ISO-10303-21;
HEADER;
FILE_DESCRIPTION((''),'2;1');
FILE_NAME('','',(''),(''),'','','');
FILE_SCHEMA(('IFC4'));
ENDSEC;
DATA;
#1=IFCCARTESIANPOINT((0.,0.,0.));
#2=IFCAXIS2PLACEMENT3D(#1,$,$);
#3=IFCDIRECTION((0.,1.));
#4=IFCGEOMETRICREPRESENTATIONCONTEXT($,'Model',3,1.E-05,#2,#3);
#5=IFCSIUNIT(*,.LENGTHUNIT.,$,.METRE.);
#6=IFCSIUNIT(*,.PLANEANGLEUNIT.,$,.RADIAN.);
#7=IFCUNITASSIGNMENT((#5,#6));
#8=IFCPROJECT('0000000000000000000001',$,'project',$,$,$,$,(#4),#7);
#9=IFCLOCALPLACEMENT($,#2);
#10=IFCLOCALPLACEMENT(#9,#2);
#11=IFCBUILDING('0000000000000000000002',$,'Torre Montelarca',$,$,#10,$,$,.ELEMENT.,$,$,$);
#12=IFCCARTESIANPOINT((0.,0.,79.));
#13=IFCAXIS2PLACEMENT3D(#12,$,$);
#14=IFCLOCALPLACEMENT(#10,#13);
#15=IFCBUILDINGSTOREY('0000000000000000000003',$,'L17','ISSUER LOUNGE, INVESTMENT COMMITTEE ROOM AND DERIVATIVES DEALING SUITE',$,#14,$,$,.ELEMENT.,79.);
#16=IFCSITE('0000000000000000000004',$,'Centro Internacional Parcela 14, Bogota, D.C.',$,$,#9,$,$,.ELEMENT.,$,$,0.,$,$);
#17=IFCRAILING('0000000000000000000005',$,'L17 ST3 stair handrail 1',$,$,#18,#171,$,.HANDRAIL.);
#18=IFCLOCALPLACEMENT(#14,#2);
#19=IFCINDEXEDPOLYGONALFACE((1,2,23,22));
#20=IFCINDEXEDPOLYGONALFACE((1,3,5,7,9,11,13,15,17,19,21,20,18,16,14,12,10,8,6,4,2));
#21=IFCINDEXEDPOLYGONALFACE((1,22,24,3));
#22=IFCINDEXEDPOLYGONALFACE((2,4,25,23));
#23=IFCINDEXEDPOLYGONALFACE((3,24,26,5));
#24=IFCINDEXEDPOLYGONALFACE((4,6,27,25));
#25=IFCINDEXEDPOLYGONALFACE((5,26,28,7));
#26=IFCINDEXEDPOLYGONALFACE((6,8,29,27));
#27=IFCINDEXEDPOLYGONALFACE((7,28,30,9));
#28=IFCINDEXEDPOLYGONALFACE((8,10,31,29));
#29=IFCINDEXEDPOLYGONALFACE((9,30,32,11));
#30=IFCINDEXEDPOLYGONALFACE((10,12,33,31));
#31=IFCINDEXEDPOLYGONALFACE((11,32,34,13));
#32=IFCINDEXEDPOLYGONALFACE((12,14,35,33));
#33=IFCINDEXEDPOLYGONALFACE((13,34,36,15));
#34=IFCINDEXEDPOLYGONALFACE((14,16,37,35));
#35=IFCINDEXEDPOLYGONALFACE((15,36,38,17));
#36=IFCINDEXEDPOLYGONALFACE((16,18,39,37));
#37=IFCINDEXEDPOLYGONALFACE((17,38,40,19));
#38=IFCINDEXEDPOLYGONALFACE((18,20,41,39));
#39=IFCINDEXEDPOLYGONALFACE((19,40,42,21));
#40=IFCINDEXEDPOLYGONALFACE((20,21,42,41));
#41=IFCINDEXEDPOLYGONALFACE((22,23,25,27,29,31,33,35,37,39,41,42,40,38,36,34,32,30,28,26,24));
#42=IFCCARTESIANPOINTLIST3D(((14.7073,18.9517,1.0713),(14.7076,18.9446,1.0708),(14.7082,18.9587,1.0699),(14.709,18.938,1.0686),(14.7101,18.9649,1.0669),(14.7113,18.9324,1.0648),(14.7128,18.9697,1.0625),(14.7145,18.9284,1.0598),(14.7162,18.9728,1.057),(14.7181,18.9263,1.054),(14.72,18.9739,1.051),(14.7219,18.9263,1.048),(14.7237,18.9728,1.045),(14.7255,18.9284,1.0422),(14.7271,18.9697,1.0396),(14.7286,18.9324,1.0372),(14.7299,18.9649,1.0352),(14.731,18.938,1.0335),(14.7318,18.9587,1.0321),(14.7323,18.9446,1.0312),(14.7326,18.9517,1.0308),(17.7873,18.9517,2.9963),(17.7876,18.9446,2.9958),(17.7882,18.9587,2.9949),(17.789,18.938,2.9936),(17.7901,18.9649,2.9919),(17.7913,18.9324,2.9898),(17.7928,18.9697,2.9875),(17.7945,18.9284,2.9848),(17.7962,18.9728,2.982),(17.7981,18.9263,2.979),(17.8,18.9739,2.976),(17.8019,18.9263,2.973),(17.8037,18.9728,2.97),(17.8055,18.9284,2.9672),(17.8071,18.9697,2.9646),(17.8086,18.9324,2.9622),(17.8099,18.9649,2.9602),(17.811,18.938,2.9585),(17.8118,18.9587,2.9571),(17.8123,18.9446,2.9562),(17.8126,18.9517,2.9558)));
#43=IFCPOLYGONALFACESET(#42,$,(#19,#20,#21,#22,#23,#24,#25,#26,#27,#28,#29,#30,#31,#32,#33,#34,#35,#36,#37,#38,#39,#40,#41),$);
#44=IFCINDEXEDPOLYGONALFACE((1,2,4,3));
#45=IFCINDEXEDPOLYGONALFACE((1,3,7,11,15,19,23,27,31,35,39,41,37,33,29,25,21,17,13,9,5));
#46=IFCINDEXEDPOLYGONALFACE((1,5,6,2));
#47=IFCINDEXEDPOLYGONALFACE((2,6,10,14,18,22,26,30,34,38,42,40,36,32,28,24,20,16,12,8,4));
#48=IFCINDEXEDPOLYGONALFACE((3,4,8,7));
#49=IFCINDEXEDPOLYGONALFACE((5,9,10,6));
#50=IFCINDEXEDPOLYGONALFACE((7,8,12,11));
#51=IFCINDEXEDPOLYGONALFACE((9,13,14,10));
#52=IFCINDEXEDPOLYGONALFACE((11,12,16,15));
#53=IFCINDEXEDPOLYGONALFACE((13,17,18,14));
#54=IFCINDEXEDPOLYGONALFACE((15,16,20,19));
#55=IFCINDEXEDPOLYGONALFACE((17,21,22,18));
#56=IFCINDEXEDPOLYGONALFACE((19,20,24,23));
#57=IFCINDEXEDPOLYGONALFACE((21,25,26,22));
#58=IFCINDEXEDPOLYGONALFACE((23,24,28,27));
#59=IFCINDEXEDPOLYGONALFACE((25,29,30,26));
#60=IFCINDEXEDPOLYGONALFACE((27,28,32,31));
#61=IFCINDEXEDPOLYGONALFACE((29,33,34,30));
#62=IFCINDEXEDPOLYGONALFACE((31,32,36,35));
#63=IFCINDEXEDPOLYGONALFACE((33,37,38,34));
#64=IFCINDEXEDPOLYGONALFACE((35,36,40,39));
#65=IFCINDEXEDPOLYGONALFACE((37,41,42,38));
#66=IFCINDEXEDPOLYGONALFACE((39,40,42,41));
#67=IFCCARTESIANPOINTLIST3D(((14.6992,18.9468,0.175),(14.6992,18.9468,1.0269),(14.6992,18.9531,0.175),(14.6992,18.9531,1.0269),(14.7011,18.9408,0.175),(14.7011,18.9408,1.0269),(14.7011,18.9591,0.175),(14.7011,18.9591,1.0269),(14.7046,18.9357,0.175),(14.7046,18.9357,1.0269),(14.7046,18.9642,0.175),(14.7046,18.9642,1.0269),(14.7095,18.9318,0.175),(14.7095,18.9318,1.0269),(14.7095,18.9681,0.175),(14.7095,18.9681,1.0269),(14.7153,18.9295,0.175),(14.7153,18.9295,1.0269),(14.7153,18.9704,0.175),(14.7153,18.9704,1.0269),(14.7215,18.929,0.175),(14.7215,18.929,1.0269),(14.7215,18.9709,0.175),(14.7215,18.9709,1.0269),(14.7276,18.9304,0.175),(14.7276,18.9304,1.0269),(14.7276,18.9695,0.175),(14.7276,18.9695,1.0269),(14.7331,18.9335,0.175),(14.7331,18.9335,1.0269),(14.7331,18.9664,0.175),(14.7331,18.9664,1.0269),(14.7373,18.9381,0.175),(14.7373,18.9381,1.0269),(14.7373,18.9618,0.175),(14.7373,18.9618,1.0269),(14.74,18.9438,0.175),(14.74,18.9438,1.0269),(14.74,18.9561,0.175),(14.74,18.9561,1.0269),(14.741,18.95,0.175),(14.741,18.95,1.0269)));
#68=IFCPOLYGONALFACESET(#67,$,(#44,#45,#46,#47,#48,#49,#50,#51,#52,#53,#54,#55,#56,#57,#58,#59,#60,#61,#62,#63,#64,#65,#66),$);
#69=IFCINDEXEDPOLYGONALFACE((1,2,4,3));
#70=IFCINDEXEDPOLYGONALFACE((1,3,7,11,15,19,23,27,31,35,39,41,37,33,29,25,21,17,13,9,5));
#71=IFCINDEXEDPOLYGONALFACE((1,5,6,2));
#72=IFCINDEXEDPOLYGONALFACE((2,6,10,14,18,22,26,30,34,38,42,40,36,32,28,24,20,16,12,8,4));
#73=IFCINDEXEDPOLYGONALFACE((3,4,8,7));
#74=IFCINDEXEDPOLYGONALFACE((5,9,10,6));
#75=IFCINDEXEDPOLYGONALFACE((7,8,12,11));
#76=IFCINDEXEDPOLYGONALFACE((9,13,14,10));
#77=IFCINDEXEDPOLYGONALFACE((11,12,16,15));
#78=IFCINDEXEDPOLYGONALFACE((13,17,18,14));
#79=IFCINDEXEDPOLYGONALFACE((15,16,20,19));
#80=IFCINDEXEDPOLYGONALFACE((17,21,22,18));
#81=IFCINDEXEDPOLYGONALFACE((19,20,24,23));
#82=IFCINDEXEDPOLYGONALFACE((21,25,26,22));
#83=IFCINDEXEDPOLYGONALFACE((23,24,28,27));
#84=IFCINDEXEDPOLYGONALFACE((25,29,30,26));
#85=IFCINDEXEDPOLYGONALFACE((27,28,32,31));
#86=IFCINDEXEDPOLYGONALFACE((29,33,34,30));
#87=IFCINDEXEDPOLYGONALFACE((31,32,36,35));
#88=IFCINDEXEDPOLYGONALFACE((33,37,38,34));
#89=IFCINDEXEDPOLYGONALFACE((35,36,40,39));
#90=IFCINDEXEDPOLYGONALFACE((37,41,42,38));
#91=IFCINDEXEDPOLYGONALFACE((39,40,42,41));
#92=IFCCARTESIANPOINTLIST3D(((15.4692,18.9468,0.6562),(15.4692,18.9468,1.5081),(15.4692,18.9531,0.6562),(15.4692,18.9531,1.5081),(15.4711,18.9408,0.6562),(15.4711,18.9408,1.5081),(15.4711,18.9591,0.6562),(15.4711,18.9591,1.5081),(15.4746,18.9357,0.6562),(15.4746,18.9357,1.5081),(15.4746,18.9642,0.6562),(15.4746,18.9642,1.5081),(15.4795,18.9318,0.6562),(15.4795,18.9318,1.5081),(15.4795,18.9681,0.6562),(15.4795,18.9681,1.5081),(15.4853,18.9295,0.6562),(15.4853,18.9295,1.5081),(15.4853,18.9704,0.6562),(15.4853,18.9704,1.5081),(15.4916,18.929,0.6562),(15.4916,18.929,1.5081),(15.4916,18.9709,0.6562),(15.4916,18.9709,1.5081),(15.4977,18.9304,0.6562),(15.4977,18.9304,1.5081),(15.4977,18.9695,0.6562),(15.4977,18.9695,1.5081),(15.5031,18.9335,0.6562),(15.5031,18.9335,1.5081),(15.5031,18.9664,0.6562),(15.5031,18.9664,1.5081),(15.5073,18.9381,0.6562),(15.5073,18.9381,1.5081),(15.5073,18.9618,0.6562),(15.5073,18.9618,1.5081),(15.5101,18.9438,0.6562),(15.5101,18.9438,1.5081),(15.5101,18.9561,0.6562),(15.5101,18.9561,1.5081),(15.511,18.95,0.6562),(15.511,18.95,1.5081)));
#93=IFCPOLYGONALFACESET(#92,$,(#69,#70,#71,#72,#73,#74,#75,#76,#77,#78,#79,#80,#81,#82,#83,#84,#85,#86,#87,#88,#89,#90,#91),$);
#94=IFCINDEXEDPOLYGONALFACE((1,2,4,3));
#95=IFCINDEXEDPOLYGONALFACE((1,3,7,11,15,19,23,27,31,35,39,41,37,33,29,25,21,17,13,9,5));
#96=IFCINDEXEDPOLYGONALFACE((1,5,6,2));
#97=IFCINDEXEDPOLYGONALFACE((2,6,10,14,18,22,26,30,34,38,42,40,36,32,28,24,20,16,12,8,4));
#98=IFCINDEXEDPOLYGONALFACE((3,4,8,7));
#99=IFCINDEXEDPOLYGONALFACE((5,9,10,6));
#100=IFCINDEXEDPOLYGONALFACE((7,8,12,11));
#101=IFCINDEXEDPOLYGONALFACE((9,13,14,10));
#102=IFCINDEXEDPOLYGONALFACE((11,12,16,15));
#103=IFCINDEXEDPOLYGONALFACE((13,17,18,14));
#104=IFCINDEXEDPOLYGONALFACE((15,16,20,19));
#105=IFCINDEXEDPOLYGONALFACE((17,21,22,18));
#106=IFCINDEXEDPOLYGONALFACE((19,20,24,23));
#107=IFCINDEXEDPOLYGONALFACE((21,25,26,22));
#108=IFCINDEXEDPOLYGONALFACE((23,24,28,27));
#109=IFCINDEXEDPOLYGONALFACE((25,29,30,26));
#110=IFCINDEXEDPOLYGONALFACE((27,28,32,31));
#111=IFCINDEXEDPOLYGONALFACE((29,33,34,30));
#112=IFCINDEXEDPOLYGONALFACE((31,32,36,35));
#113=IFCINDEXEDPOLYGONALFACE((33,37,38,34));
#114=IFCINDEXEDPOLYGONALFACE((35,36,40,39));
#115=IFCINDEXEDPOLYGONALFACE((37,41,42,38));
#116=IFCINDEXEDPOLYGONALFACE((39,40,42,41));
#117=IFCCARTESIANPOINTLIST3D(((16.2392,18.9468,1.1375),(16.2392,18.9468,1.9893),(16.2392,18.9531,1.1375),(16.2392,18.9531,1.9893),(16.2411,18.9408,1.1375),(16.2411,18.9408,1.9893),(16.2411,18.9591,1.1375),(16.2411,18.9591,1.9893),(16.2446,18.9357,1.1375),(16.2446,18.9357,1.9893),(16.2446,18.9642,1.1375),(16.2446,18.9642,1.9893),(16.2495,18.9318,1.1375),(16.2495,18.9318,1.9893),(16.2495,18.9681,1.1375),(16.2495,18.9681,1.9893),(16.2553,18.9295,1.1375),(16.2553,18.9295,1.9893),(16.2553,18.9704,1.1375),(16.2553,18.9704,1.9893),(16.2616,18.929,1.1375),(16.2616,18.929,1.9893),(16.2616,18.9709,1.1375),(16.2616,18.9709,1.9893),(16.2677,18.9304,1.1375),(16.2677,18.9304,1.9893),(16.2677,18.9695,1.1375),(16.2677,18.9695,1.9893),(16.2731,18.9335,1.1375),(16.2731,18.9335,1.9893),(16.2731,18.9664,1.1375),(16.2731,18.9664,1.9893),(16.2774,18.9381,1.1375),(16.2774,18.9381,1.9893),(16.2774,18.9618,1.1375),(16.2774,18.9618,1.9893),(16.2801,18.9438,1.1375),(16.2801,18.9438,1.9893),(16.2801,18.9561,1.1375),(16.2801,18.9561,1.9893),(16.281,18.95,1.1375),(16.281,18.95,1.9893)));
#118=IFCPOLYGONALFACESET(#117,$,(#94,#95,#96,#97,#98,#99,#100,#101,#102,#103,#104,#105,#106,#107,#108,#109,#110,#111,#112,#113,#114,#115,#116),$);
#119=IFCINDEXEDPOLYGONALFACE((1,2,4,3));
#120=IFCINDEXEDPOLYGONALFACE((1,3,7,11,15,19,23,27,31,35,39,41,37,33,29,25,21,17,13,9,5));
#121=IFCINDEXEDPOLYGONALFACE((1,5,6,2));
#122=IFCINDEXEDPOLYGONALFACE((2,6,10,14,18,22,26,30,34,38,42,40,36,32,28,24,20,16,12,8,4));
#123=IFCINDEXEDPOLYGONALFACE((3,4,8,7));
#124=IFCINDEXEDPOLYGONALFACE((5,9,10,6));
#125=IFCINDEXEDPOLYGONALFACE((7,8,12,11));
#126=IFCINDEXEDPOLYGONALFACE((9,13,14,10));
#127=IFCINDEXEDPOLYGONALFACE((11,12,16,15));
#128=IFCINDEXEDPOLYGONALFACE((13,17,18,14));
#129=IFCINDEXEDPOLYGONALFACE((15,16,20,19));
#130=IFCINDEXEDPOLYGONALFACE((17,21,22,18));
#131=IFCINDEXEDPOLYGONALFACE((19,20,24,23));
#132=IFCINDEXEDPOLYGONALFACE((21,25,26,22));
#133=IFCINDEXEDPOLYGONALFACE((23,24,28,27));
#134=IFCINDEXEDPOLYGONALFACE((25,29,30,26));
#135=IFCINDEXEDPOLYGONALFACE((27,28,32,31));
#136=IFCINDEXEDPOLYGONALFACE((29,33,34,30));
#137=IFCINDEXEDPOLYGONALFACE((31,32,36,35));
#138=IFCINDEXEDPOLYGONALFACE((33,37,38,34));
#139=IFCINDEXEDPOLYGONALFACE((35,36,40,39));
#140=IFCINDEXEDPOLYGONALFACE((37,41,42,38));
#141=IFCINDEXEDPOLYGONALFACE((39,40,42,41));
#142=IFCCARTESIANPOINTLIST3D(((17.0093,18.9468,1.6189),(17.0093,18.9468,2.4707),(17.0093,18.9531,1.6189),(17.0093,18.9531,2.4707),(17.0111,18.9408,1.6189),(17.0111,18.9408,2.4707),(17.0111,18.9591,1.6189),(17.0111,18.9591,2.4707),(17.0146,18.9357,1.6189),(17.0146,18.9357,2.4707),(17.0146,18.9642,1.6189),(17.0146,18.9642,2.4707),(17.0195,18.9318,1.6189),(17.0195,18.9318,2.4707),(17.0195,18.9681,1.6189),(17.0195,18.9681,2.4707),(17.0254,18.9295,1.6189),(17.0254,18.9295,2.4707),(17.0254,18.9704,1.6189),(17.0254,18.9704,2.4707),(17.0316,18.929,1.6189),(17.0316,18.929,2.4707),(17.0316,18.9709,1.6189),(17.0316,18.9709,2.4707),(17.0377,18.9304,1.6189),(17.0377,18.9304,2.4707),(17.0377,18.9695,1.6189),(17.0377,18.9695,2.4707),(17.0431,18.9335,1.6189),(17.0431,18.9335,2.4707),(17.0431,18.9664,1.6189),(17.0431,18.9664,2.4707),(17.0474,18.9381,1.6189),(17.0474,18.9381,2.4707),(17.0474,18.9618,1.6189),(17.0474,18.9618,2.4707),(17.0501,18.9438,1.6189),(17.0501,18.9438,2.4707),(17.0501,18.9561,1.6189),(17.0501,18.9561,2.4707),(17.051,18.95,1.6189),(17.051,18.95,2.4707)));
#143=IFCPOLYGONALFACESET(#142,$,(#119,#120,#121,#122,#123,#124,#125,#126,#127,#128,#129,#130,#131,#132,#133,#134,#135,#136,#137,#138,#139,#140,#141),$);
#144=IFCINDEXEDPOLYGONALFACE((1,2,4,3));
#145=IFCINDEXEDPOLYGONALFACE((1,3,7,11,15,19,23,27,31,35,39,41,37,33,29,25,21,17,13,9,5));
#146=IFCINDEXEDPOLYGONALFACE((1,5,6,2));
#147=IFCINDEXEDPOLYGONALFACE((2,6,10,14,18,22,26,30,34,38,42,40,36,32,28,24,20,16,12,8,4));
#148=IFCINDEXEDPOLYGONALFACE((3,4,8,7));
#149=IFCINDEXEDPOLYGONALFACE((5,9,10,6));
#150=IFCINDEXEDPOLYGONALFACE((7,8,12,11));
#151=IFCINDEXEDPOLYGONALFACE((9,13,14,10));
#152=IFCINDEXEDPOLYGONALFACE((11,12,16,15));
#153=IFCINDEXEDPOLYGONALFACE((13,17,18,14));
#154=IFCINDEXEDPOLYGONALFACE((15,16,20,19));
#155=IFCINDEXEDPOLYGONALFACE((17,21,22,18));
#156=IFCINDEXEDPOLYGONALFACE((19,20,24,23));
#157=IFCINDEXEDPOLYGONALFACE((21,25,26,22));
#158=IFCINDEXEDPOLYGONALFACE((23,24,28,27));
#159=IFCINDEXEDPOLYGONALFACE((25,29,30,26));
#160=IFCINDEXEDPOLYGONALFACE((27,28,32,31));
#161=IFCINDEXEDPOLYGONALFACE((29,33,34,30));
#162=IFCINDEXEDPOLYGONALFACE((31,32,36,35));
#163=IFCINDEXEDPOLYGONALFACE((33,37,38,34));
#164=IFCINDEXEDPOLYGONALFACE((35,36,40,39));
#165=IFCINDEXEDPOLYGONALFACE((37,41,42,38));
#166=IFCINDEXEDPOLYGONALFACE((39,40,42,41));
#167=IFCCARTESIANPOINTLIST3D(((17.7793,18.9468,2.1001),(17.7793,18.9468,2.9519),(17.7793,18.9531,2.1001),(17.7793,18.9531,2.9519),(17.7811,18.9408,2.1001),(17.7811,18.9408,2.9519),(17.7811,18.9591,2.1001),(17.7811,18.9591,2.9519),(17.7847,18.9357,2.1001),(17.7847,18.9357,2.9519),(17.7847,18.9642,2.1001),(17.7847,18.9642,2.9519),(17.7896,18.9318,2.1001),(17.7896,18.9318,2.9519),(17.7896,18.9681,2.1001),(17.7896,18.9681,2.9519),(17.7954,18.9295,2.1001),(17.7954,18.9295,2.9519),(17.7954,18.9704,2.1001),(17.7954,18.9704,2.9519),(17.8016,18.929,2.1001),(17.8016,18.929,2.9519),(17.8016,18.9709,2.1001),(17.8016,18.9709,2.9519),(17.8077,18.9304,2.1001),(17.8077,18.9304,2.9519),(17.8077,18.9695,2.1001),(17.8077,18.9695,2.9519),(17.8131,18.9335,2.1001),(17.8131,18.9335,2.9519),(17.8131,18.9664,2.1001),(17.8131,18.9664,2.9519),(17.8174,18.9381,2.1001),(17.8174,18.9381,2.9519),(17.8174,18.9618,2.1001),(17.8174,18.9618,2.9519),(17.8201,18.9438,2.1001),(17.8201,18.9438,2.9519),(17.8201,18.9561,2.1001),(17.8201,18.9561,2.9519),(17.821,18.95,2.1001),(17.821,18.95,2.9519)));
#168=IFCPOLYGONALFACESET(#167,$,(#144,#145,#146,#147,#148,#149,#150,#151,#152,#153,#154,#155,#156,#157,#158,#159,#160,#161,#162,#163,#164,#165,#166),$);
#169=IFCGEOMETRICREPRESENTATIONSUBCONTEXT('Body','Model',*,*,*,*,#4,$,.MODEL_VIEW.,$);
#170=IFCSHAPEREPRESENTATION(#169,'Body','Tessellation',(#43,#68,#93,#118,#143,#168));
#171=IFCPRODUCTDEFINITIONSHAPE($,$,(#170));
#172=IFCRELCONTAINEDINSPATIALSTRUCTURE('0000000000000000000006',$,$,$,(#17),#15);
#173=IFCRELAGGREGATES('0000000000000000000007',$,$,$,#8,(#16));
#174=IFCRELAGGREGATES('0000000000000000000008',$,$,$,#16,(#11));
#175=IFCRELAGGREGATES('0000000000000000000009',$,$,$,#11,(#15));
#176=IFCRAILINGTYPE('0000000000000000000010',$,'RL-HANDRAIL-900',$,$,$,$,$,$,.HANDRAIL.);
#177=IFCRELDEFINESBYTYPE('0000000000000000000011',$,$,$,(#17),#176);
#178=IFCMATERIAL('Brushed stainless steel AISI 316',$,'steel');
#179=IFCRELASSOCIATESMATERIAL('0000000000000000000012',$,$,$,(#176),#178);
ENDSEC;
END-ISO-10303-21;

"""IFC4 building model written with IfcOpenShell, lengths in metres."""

from ifc_helpers import new_model, si_unit, direction, frame, origin, origin_2d, place, context, subcontext, project, spatial, circle, extrude, material, type_object, element, save


model = new_model("IFC4")

# Units and contexts
model_context = context("Model", 3, precision=1e-05, world=origin(), true_north=direction((0.0, 1.0)))
body_context = subcontext(model_context, "Body", "Model", "MODEL_VIEW")
ifc_project = project(units=[si_unit("LENGTHUNIT", "METRE"), si_unit("PLANEANGLEUNIT", "RADIAN")], contexts=[model_context])

# Site, building, storey
site_placement = place(None, origin())
site = spatial("IfcSite", under=ifc_project, at=site_placement, Name="Centro Internacional Parcela 14, Bogota, D.C.", CompositionType="ELEMENT", RefElevation=0.0)
building_placement = place(site_placement, origin())
building = spatial("IfcBuilding", under=site, at=building_placement, Name="Torre Montelarca", CompositionType="ELEMENT")
storey_placement = place(building_placement, frame((0.0, 0.0, 79.0)))
storey = spatial("IfcBuildingStorey", under=building, at=storey_placement, Name="L17", Description="ISSUER LOUNGE, INVESTMENT COMMITTEE ROOM AND DERIVATIVES DEALING SUITE", CompositionType="ELEMENT", Elevation=79.0)

# Railing
ifc_material_1 = material(Name="Brushed stainless steel AISI 316", Category="steel")
railing_type_1 = type_object("IfcRailingType", Name="RL-HANDRAIL-900", PredefinedType="HANDRAIL", material=ifc_material_1)
railing_1_placement = place(storey_placement, frame((14.72, 18.95, 0.175)))
element("IfcRailing", 1, at=railing_1_placement, inside=storey, type_object=railing_type_1, Name="L17 ST3 stair handrail 1", PredefinedType="HANDRAIL", context=body_context, shape_type="SweptSolid", body=[
    extrude(circle(Radius=0.0239, at=origin_2d()), frame((0.0, 0.0, 0.876), z_axis=(0.847998, 0.0, 0.529999), x_axis=(0.0, 1.0, 0.0)), (0.0, 0.0, 1.0), 3.6321),
    extrude(circle(Radius=0.021, at=origin_2d()), origin(), (0.0, 0.0, 1.0), 0.8518),
    extrude(circle(Radius=0.021, at=origin_2d()), frame((0.77, 0.0, 0.4812)), (0.0, 0.0, 1.0), 0.8518),
    extrude(circle(Radius=0.021, at=origin_2d()), frame((1.54, 0.0, 0.9624)), (0.0, 0.0, 1.0), 0.8518),
    extrude(circle(Radius=0.021, at=origin_2d()), frame((2.3101, 0.0, 1.4438)), (0.0, 0.0, 1.0), 0.8518),
    extrude(circle(Radius=0.021, at=origin_2d()), frame((3.0801, 0.0, 1.925)), (0.0, 0.0, 1.0), 0.8518),
])

save(model, "model.ifc")
